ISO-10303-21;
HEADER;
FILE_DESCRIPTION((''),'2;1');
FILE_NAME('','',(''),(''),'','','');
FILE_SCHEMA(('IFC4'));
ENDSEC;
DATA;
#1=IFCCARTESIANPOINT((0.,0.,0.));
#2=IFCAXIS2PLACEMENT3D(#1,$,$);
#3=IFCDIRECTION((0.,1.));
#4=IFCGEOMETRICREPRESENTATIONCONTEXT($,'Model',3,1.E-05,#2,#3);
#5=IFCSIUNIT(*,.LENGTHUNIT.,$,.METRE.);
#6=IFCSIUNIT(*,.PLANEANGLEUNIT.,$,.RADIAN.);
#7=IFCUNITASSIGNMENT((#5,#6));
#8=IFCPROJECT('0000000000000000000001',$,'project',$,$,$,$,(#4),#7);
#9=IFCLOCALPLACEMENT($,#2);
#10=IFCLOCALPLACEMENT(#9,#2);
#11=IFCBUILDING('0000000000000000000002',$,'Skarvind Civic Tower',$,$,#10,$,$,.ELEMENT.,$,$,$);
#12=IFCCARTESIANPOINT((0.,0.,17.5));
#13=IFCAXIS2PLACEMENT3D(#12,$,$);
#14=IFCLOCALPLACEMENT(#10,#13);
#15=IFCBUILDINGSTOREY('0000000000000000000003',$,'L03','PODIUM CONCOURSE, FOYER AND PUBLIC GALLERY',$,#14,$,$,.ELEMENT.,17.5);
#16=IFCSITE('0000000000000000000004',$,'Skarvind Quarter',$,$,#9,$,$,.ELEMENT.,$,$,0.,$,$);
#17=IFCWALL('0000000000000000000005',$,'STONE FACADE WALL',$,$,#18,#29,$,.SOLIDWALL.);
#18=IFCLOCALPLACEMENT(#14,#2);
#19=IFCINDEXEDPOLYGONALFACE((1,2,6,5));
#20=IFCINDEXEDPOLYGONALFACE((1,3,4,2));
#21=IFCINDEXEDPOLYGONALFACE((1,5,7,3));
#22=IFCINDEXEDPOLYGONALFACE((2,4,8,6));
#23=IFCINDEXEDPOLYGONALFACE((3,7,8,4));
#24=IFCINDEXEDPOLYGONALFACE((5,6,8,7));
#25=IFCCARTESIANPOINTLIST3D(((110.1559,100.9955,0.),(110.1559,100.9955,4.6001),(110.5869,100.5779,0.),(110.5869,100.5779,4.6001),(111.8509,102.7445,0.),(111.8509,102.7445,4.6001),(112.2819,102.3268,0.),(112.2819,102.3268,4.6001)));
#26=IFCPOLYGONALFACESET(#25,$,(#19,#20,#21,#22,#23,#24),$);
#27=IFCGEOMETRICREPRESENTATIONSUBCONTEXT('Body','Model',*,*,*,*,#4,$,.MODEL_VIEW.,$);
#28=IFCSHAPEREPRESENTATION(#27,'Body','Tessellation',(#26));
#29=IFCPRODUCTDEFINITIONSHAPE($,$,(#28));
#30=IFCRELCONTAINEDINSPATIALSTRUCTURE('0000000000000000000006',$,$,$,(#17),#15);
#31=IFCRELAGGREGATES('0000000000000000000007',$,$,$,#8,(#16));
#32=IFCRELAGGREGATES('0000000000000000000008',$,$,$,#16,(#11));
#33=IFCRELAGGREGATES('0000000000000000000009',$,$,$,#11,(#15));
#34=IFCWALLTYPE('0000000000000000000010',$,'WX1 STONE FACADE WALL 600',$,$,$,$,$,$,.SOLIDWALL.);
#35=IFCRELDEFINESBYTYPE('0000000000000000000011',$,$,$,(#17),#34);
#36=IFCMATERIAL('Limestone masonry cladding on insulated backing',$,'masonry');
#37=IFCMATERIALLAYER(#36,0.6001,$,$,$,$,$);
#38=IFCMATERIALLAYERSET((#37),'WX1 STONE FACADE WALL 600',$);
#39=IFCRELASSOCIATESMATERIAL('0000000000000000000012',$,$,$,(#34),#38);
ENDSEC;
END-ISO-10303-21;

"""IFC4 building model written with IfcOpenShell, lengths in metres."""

from ifc_helpers import new_model, si_unit, direction, frame, frame_2d, origin, place, context, subcontext, project, spatial, rectangle, extrude, material, layer, layer_set, type_object, element, save


model = new_model("IFC4")

# Units and contexts
model_context = context("Model", 3, precision=1e-05, world=origin(), true_north=direction((0.0, 1.0)))
body_context = subcontext(model_context, "Body", "Model", "MODEL_VIEW")
ifc_project = project(units=[si_unit("LENGTHUNIT", "METRE"), si_unit("PLANEANGLEUNIT", "RADIAN")], contexts=[model_context])

# Site, building, storey
site_placement = place(None, origin())
site = spatial("IfcSite", under=ifc_project, at=site_placement, Name="Skarvind Quarter", CompositionType="ELEMENT", RefElevation=0.0)
building_placement = place(site_placement, origin())
building = spatial("IfcBuilding", under=site, at=building_placement, Name="Skarvind Civic Tower", CompositionType="ELEMENT")
storey_placement = place(building_placement, frame((0.0, 0.0, 17.5)))
storey = spatial("IfcBuildingStorey", under=building, at=storey_placement, Name="L03", Description="PODIUM CONCOURSE, FOYER AND PUBLIC GALLERY", CompositionType="ELEMENT", Elevation=17.5)

# Shared definitions
ifc_material_1 = material(Name="Limestone masonry cladding on insulated backing", Category="masonry")
ifc_layer_1 = layer(ifc_material_1, 0.6001)
ifc_layer_set_1 = layer_set([ifc_layer_1], Name="WX1 STONE FACADE WALL 600")
wall_type_1 = type_object("IfcWallType", Name="WX1 STONE FACADE WALL 600", PredefinedType="SOLIDWALL", material=ifc_layer_set_1)

# Wall
wall_1_placement = place(storey_placement, frame((112.0664, 102.5356, 0.0), z_axis=(0.0, 0.0, 1.0), x_axis=(-0.695944, -0.718096, 0.0)))
element("IfcWall", 1, at=wall_1_placement, inside=storey, type_object=wall_type_1, Name="STONE FACADE WALL", PredefinedType="SOLIDWALL", context=body_context, shape_type="SweptSolid", body=[
    extrude(rectangle(XDim=2.4355, YDim=0.6001, at=frame_2d((1.2178, 0.0))), origin(), (0.0, 0.0, 1.0), 4.6001),
])

save(model, "model.ifc")
